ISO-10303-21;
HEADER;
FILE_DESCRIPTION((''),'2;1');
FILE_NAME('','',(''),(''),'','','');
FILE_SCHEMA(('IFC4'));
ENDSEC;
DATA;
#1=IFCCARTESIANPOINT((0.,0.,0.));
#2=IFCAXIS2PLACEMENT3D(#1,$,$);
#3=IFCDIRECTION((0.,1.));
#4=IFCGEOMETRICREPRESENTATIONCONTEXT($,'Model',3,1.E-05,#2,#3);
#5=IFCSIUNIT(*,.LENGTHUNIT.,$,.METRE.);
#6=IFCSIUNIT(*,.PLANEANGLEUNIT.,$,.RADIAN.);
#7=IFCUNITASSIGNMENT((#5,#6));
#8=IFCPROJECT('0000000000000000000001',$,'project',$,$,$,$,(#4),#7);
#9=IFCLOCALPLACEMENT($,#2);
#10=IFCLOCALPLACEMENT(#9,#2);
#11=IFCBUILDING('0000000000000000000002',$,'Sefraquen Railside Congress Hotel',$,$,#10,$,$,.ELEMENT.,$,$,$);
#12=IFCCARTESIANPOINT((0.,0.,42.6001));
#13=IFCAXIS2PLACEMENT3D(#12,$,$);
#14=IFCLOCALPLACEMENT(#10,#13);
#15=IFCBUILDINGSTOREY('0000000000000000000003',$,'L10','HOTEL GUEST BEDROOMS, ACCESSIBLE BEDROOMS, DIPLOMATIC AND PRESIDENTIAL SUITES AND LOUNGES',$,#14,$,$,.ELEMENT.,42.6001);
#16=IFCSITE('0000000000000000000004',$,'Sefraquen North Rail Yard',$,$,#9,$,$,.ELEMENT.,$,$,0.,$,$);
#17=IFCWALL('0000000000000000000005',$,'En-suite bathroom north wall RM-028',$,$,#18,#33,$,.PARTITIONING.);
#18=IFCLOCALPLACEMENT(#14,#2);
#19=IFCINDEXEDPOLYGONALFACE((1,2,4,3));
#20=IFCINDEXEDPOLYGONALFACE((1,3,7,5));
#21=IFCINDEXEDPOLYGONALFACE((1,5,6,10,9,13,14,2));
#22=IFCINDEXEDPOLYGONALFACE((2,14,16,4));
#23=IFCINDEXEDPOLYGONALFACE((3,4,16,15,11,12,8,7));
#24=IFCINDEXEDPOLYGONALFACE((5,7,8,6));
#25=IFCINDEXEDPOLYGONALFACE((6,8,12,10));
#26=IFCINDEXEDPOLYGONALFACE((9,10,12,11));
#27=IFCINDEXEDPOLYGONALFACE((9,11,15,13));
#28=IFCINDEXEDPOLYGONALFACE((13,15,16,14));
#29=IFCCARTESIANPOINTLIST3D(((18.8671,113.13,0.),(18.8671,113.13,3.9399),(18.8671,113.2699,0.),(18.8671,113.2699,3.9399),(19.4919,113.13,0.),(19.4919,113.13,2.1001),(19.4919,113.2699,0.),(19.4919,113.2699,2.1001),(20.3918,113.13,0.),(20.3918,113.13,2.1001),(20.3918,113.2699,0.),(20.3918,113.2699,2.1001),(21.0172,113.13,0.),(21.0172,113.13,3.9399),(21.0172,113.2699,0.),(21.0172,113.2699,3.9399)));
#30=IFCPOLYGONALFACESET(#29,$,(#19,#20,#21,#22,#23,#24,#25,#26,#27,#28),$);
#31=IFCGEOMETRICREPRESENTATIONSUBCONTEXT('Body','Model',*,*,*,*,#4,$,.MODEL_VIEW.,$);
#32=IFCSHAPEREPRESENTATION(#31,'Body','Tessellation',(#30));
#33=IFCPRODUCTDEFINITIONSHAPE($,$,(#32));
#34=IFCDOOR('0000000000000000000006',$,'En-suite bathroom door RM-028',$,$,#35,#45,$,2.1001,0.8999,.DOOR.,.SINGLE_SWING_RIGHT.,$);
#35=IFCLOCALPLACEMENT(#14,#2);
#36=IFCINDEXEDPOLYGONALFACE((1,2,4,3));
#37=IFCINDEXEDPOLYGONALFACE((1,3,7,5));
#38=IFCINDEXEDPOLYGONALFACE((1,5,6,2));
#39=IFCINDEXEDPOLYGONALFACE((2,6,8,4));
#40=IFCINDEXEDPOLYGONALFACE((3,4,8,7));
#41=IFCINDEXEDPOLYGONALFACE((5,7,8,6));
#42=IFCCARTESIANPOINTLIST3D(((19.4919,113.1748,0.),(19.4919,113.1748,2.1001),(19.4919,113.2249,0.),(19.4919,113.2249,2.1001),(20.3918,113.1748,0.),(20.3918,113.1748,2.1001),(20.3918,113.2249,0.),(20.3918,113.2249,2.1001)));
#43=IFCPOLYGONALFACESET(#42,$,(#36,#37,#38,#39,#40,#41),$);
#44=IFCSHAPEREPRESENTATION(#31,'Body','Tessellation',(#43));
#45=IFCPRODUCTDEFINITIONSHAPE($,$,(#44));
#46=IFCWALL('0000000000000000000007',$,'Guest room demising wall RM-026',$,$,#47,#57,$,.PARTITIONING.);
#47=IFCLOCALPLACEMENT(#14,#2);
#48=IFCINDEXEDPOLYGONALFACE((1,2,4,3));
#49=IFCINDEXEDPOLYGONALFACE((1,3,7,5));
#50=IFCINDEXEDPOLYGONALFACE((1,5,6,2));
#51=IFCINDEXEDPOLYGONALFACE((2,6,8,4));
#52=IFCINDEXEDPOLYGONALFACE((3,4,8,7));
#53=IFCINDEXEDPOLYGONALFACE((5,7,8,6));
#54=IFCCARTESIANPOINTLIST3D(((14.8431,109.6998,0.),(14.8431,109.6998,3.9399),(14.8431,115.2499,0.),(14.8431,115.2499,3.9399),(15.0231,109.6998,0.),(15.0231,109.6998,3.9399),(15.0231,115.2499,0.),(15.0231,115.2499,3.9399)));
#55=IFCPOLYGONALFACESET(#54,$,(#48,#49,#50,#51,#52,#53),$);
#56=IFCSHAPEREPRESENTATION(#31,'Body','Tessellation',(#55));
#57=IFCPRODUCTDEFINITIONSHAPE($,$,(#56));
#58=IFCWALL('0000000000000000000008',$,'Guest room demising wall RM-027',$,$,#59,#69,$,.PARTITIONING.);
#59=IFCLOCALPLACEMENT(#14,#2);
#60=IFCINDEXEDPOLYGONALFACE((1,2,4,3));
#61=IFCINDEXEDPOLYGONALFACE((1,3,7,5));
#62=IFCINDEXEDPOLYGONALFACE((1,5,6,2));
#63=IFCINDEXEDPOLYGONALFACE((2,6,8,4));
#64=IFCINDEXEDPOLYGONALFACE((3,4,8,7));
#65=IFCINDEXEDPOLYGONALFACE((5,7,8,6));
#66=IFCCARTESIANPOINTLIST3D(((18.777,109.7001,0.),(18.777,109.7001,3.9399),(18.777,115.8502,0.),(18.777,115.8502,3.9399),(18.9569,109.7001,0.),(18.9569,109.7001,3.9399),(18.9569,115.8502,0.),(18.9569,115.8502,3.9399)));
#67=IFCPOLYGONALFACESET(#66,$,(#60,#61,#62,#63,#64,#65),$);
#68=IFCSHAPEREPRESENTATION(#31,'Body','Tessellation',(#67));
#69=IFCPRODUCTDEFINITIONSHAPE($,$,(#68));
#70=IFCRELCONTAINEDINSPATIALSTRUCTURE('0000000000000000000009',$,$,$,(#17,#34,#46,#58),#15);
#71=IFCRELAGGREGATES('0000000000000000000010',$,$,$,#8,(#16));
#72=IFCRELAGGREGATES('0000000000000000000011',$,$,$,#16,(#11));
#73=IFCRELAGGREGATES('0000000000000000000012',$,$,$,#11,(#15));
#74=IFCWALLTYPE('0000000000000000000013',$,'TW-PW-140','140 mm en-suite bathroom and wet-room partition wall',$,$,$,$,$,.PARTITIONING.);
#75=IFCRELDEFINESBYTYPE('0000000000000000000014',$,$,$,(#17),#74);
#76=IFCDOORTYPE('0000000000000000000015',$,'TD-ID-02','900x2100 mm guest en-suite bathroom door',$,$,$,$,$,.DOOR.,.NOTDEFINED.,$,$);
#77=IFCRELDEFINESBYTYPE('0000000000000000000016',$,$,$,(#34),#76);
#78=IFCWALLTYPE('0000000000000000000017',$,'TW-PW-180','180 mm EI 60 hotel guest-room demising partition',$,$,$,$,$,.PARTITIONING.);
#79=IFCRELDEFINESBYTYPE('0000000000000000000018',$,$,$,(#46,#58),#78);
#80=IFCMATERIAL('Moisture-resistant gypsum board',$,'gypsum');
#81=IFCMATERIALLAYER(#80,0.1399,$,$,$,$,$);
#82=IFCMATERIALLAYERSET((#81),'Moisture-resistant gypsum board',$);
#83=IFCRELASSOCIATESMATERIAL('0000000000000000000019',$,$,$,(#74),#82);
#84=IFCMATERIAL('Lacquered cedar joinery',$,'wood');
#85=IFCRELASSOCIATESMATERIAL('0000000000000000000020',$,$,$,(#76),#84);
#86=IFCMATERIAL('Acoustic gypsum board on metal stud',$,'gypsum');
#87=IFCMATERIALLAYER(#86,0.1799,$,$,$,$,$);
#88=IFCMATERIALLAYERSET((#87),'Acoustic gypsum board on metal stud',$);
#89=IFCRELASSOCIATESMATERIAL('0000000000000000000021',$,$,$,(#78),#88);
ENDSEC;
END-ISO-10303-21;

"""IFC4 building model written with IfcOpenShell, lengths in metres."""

from ifc_helpers import new_model, si_unit, direction, frame, frame_2d, origin, place, context, subcontext, project, spatial, rectangle, extrude, material, layer, layer_set, type_object, element, fill, save


model = new_model("IFC4")

# Units and contexts
model_context = context("Model", 3, precision=1e-05, world=origin(), true_north=direction((0.0, 1.0)))
body_context = subcontext(model_context, "Body", "Model", "MODEL_VIEW")
ifc_project = project(units=[si_unit("LENGTHUNIT", "METRE"), si_unit("PLANEANGLEUNIT", "RADIAN")], contexts=[model_context])

# Site, building, storey
site_placement = place(None, origin())
site = spatial("IfcSite", under=ifc_project, at=site_placement, Name="Sefraquen North Rail Yard", CompositionType="ELEMENT", RefElevation=0.0)
building_placement = place(site_placement, origin())
building = spatial("IfcBuilding", under=site, at=building_placement, Name="Sefraquen Railside Congress Hotel", CompositionType="ELEMENT")
storey_placement = place(building_placement, frame((0.0, 0.0, 42.6001)))
storey = spatial("IfcBuildingStorey", under=building, at=storey_placement, Name="L10", Description="HOTEL GUEST BEDROOMS, ACCESSIBLE BEDROOMS, DIPLOMATIC AND PRESIDENTIAL SUITES AND LOUNGES", CompositionType="ELEMENT", Elevation=42.6001)

# Shared definitions
ifc_material_1 = material(Name="Moisture-resistant gypsum board", Category="gypsum")
ifc_layer_1 = layer(ifc_material_1, 0.1399)
ifc_layer_set_1 = layer_set([ifc_layer_1], Name="Moisture-resistant gypsum board")
wall_type_1 = type_object("IfcWallType", Name="TW-PW-140", Description="140 mm en-suite bathroom and wet-room partition wall", PredefinedType="PARTITIONING", material=ifc_layer_set_1)

# Wall, opening, door
ifc_material_2 = material(Name="Lacquered cedar joinery", Category="wood")
door_type = type_object("IfcDoorType", Name="TD-ID-02", Description="900x2100 mm guest en-suite bathroom door", OperationType="NOTDEFINED", PredefinedType="DOOR", material=ifc_material_2)
wall_1_placement = place(storey_placement, frame((18.8669, 113.2, 0.0), z_axis=(0.0, 0.0, 1.0), x_axis=(1.0, 0.0, 0.0)))
wall_1 = element("IfcWall", 1, at=wall_1_placement, inside=storey, type_object=wall_type_1, Name="En-suite bathroom north wall RM-028", PredefinedType="PARTITIONING", context=body_context, shape_type="SweptSolid", body=[
    extrude(rectangle(XDim=2.1501, YDim=0.1399, at=frame_2d((1.0752, 0.0))), origin(), (0.0, 0.0, 1.0), 3.9399),
])
opening_1_placement = place(wall_1_placement, frame((0.625, 0.0, 0.0)))
opening_1 = element("IfcOpeningElement", 2, at=opening_1_placement, cuts=wall_1, PredefinedType="OPENING", context=body_context, shape_type="SweptSolid", body=[
    extrude(rectangle(XDim=0.8999, YDim=2.1001, at=frame_2d((0.45, 1.05))), frame((0.0, 0.0798, 0.0), z_axis=(0.0, -1.0, 0.0), x_axis=(1.0, 0.0, 0.0)), (0.0, 0.0, 1.0), 0.1599),
])
door_1_placement = place(opening_1_placement, origin())
door_1 = element("IfcDoor", 3, at=door_1_placement, inside=storey, type_object=door_type, Name="En-suite bathroom door RM-028", OperationType="SINGLE_SWING_RIGHT", OverallHeight=2.1001, OverallWidth=0.8999, PredefinedType="DOOR", context=body_context, shape_type="SweptSolid", body=[
    extrude(rectangle(XDim=0.8999, YDim=2.1001, at=frame_2d((0.45, 1.05))), frame((0.0, 0.0249, 0.0), z_axis=(0.0, -1.0, 0.0), x_axis=(1.0, 0.0, 0.0)), (0.0, 0.0, 1.0), 0.05),
])
fill(opening_1, door_1)

# Walls
ifc_material_3 = material(Name="Acoustic gypsum board on metal stud", Category="gypsum")
ifc_layer_2 = layer(ifc_material_3, 0.1799)
ifc_layer_set_2 = layer_set([ifc_layer_2], Name="Acoustic gypsum board on metal stud")
wall_type_2 = type_object("IfcWallType", Name="TW-PW-180", Description="180 mm EI 60 hotel guest-room demising partition", PredefinedType="PARTITIONING", material=ifc_layer_set_2)
wall_2_placement = place(storey_placement, frame((14.9331, 109.7, 0.0), z_axis=(0.0, 0.0, 1.0), x_axis=(0.0, 1.0, 0.0)))
element("IfcWall", 4, at=wall_2_placement, inside=storey, type_object=wall_type_2, Name="Guest room demising wall RM-026", PredefinedType="PARTITIONING", context=body_context, shape_type="SweptSolid", body=[
    extrude(rectangle(XDim=5.55, YDim=0.1799, at=frame_2d((2.7749, 0.0))), origin(), (0.0, 0.0, 1.0), 3.9399),
])
wall_3_placement = place(storey_placement, frame((18.8669, 109.7, 0.0), z_axis=(0.0, 0.0, 1.0), x_axis=(0.0, 1.0, 0.0)))
element("IfcWall", 5, at=wall_3_placement, inside=storey, type_object=wall_type_2, Name="Guest room demising wall RM-027", PredefinedType="PARTITIONING", context=body_context, shape_type="SweptSolid", body=[
    extrude(rectangle(XDim=6.1501, YDim=0.1799, at=frame_2d((3.0752, 0.0))), origin(), (0.0, 0.0, 1.0), 3.9399),
])

save(model, "model.ifc")
